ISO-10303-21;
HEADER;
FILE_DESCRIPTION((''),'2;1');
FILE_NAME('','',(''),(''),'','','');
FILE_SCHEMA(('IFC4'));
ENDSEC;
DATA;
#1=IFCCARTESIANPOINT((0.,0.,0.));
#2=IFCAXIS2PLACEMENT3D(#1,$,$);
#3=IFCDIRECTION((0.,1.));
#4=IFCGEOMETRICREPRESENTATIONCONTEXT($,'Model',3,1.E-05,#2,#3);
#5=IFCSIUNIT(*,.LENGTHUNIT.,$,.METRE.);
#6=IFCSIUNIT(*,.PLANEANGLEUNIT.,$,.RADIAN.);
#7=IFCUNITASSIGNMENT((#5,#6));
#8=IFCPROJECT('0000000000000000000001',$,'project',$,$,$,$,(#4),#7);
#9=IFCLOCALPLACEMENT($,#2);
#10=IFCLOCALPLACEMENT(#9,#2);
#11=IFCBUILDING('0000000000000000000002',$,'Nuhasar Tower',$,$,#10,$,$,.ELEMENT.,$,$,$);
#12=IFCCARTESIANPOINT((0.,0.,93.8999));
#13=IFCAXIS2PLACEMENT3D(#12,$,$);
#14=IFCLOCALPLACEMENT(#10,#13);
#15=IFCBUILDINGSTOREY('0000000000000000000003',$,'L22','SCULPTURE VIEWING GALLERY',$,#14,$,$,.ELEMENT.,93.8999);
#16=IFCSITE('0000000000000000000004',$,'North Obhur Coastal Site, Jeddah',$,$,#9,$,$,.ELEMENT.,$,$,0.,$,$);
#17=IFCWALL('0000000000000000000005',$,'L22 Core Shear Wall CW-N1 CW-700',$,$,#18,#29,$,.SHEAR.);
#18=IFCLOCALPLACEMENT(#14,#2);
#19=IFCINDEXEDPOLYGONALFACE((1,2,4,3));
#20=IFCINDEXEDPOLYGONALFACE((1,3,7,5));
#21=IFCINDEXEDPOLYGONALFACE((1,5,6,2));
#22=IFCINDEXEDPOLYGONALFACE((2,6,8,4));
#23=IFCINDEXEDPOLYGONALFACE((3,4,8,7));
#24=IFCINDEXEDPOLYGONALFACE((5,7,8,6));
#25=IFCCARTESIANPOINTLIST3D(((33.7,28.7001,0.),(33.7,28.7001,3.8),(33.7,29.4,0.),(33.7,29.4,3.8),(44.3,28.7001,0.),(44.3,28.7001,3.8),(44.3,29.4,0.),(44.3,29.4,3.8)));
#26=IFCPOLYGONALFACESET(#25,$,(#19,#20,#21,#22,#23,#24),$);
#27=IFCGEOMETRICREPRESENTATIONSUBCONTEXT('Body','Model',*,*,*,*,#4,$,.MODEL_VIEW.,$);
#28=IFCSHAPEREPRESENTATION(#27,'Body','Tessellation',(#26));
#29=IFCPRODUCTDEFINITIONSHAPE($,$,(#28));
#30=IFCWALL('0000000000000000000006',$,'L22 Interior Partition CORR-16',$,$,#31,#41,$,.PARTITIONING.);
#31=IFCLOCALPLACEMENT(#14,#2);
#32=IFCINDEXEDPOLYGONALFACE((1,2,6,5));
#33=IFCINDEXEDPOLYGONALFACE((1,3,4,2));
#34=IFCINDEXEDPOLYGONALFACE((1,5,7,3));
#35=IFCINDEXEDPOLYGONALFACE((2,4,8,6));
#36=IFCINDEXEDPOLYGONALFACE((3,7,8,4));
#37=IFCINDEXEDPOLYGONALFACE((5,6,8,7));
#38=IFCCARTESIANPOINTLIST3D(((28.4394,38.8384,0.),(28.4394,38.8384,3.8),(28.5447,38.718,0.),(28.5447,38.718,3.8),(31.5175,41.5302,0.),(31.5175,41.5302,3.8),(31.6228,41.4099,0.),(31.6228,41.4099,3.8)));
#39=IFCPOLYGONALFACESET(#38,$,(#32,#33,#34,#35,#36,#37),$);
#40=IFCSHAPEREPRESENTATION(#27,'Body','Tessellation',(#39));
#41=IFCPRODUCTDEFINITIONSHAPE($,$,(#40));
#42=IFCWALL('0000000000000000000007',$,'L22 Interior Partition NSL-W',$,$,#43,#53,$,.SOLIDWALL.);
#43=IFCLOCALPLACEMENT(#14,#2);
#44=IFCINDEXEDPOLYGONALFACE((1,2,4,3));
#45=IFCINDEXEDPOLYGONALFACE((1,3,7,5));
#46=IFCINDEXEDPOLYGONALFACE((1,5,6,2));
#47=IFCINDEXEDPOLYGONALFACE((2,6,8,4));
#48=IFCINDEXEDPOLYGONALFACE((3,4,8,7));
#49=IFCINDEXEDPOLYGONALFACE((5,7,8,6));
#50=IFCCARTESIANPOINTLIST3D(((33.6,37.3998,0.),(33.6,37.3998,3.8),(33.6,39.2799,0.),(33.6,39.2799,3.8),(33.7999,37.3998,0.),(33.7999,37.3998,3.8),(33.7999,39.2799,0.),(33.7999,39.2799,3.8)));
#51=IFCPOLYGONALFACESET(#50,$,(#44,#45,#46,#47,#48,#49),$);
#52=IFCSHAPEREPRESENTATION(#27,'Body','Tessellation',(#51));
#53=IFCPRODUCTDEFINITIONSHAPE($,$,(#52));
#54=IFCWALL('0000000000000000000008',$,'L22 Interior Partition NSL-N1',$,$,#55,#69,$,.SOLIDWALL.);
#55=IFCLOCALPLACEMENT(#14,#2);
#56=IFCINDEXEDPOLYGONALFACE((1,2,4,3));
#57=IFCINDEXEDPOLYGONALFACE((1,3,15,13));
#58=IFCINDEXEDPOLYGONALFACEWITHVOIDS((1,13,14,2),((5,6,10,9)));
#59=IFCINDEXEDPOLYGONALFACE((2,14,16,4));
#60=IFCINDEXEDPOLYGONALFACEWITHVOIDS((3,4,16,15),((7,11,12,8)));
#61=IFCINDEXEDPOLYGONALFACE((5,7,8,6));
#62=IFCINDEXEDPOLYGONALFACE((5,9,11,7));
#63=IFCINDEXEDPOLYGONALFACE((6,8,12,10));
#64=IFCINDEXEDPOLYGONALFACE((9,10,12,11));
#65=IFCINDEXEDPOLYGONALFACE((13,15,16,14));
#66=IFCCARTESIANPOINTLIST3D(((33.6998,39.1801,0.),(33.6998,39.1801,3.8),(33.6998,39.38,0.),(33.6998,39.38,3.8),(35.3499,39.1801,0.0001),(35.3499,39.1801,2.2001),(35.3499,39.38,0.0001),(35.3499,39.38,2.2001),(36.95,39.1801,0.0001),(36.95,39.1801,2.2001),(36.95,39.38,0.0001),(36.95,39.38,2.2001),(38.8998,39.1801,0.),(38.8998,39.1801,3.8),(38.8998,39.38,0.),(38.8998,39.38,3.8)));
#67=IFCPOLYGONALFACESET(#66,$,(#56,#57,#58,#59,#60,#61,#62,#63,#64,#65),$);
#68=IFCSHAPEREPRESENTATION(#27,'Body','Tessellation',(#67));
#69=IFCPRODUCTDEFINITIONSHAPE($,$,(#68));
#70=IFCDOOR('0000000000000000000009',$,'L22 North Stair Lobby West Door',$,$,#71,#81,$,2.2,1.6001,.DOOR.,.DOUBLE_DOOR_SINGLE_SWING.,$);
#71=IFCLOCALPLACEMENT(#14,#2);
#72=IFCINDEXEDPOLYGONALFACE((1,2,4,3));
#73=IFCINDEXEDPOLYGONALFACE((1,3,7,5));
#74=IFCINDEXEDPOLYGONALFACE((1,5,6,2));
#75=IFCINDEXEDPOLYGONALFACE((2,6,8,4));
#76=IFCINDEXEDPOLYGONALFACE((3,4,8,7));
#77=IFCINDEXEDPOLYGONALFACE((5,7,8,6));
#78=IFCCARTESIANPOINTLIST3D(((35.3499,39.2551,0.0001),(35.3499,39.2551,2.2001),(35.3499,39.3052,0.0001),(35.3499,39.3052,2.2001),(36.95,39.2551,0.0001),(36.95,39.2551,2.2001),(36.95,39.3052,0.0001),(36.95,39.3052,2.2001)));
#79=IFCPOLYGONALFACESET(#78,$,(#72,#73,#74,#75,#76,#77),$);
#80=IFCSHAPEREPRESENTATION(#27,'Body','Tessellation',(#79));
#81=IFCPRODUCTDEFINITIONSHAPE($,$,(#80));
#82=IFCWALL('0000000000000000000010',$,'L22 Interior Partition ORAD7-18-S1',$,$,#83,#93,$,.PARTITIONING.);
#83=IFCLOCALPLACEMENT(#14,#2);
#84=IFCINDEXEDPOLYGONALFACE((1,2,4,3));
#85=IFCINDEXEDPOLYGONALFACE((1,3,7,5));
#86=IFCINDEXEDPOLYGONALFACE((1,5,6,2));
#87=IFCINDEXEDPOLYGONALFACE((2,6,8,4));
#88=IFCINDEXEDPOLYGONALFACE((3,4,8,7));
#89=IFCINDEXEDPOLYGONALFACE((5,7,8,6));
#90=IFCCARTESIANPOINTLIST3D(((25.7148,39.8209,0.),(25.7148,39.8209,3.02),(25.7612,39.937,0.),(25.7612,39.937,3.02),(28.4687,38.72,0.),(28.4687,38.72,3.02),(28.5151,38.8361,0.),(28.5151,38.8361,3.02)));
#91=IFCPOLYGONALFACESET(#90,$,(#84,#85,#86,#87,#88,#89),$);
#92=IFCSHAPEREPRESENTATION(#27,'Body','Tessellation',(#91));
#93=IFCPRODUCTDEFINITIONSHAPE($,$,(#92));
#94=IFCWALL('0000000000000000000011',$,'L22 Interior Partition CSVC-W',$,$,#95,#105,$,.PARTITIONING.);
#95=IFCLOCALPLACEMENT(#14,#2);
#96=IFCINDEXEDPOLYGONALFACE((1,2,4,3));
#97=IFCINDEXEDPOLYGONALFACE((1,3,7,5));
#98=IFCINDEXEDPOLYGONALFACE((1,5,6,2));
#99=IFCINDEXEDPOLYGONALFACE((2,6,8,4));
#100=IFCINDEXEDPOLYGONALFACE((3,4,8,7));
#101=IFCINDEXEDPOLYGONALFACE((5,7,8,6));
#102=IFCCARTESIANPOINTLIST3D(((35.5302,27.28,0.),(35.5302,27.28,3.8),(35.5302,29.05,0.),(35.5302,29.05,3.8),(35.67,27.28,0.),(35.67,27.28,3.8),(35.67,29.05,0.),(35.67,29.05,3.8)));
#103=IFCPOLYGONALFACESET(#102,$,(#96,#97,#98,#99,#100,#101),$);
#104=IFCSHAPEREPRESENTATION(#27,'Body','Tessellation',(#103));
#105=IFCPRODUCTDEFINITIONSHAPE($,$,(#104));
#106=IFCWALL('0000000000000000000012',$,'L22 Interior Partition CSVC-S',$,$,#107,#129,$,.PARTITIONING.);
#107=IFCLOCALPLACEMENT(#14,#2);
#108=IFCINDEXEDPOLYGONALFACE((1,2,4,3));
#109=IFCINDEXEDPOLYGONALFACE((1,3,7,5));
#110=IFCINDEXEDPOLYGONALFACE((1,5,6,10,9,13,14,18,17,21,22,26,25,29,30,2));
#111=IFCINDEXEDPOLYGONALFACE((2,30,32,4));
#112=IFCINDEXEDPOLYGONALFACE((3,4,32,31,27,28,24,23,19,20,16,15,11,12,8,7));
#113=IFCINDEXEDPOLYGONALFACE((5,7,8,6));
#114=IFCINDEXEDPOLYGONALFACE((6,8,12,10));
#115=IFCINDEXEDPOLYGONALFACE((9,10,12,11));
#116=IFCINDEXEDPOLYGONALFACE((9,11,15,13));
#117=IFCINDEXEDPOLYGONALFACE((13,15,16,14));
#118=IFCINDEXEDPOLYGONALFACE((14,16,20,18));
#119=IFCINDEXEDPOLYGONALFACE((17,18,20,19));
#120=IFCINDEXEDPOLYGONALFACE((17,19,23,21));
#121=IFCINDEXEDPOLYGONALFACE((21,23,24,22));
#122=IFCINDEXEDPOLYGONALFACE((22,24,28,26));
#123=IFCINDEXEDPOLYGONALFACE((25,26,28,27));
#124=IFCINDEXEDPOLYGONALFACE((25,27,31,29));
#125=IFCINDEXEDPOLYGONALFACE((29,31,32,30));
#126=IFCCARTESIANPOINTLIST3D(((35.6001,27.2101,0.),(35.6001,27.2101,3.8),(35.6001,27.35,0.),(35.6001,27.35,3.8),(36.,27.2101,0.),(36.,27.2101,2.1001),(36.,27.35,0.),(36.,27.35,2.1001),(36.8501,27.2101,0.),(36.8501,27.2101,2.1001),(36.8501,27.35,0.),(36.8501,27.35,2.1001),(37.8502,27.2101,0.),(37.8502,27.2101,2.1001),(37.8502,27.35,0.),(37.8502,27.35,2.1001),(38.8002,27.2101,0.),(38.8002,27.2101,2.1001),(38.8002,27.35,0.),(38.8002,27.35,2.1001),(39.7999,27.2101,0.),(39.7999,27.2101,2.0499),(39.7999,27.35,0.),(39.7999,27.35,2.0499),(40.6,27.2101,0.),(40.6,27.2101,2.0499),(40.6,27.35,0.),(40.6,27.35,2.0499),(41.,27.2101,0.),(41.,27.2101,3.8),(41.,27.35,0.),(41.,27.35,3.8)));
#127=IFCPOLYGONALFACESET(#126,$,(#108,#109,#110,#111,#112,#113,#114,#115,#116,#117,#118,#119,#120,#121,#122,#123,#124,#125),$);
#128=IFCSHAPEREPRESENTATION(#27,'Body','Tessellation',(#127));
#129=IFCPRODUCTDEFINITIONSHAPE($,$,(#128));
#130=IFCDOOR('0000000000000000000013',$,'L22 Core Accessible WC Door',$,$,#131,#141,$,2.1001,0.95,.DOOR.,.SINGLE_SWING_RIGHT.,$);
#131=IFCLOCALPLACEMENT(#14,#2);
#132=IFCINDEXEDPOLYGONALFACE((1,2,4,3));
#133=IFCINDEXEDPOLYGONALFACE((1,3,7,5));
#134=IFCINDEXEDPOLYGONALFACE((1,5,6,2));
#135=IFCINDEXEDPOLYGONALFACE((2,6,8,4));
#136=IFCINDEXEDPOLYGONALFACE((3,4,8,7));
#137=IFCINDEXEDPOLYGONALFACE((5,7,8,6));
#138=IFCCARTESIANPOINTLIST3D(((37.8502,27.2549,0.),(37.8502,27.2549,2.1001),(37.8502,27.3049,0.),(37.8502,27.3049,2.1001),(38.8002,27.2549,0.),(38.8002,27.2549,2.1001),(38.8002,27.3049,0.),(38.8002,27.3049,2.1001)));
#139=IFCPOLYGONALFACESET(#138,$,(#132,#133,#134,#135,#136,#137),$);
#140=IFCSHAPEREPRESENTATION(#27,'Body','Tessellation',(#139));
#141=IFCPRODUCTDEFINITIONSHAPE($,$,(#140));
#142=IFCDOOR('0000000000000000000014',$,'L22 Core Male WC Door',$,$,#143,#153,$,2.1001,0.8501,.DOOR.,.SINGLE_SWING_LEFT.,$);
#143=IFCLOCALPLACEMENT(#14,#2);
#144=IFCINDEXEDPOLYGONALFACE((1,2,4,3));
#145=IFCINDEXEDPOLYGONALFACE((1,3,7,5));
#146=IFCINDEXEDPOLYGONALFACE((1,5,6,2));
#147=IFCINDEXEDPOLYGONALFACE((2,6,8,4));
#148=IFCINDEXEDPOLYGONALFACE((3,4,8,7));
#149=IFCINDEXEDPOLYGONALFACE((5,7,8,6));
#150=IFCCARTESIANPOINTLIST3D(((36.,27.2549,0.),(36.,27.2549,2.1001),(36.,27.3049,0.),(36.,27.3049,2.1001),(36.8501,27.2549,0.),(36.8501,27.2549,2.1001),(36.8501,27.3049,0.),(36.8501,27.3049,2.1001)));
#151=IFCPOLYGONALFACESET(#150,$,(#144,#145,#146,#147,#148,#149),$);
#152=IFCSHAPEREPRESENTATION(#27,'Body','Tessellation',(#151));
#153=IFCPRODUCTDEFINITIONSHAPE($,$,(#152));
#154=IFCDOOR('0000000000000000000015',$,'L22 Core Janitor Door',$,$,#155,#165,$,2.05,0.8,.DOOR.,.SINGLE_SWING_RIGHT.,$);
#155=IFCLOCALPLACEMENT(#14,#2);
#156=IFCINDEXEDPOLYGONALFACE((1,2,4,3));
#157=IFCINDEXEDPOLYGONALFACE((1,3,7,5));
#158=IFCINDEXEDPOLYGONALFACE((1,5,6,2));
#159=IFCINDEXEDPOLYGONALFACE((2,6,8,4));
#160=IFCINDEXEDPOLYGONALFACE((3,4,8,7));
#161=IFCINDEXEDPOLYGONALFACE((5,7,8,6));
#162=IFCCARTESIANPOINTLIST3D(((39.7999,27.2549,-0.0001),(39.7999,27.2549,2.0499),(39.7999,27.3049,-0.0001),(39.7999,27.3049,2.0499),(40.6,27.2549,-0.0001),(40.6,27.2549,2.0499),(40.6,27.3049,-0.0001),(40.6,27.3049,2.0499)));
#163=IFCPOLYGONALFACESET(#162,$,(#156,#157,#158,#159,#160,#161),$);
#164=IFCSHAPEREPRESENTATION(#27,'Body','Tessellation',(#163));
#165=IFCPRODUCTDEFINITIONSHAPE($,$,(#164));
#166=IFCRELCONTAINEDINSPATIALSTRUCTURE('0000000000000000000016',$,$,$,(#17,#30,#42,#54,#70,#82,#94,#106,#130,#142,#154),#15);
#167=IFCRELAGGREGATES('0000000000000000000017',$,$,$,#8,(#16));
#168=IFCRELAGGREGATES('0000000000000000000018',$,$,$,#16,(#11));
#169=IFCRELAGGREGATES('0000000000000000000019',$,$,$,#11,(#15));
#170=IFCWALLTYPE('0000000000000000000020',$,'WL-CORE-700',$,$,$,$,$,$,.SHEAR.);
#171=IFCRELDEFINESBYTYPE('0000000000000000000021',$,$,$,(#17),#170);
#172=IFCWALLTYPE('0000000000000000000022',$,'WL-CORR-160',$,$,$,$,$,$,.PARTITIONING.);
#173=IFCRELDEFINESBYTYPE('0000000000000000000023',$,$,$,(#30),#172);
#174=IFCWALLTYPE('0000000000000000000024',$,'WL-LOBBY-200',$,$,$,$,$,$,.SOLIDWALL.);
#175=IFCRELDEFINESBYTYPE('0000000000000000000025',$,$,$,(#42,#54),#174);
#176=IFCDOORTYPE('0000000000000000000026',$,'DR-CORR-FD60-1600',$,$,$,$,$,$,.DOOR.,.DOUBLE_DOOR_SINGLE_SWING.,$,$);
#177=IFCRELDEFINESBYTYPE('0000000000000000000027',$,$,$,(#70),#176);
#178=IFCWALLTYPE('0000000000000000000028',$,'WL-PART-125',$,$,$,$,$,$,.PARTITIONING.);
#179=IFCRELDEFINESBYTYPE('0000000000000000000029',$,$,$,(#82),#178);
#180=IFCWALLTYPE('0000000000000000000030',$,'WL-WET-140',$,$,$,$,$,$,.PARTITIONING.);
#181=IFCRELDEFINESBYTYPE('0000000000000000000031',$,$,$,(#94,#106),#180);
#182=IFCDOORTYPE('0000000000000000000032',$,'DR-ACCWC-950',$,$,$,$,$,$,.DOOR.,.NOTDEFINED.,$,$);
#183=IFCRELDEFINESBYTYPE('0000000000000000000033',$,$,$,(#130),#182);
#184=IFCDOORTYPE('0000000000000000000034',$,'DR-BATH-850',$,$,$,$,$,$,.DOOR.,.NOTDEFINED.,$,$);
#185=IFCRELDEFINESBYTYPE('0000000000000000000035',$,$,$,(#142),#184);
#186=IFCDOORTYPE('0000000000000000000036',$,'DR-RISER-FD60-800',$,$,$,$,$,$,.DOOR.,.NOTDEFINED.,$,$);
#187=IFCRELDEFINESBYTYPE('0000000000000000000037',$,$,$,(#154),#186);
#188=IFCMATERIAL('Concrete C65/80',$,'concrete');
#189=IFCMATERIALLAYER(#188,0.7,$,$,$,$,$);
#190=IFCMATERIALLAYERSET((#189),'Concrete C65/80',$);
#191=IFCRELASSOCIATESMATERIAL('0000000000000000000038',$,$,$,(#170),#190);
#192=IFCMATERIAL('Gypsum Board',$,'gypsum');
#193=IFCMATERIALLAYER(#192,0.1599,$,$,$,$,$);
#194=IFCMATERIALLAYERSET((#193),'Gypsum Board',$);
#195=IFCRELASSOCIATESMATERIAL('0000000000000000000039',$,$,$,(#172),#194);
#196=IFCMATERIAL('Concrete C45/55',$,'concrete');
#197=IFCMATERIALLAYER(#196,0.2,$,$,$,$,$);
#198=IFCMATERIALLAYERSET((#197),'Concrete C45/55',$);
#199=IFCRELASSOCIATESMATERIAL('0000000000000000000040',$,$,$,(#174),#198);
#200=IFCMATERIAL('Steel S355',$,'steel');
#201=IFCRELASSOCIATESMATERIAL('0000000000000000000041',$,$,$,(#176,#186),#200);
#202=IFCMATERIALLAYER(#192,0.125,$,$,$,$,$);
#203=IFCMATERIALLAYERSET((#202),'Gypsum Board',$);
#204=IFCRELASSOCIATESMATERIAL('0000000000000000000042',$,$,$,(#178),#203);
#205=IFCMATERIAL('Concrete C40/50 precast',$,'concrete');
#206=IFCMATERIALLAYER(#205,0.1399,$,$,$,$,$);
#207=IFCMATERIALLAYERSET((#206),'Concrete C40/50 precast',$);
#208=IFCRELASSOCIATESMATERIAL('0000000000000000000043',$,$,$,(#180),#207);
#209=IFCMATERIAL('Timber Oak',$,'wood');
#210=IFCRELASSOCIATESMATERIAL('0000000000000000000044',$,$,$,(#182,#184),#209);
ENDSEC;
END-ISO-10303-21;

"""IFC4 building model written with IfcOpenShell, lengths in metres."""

from ifc_helpers import new_model, si_unit, direction, frame, frame_2d, origin, place, context, subcontext, project, spatial, rectangle, extrude, material, layer, layer_set, type_object, element, fill, save


model = new_model("IFC4")

# Units and contexts
model_context = context("Model", 3, precision=1e-05, world=origin(), true_north=direction((0.0, 1.0)))
body_context = subcontext(model_context, "Body", "Model", "MODEL_VIEW")
ifc_project = project(units=[si_unit("LENGTHUNIT", "METRE"), si_unit("PLANEANGLEUNIT", "RADIAN")], contexts=[model_context])

# Site, building, storey
site_placement = place(None, origin())
site = spatial("IfcSite", under=ifc_project, at=site_placement, Name="North Obhur Coastal Site, Jeddah", CompositionType="ELEMENT", RefElevation=0.0)
building_placement = place(site_placement, origin())
building = spatial("IfcBuilding", under=site, at=building_placement, Name="Nuhasar Tower", CompositionType="ELEMENT")
storey_placement = place(building_placement, frame((0.0, 0.0, 93.8999)))
storey = spatial("IfcBuildingStorey", under=building, at=storey_placement, Name="L22", Description="SCULPTURE VIEWING GALLERY", CompositionType="ELEMENT", Elevation=93.8999)

# Shared definitions
ifc_material_1 = material(Name="Steel S355", Category="steel")

# Walls
ifc_material_2 = material(Name="Concrete C65/80", Category="concrete")
ifc_layer_1 = layer(ifc_material_2, 0.7)
ifc_layer_set_1 = layer_set([ifc_layer_1], Name="Concrete C65/80")
wall_type_1 = type_object("IfcWallType", Name="WL-CORE-700", PredefinedType="SHEAR", material=ifc_layer_set_1)
wall_1_placement = place(storey_placement, frame((33.7, 29.05, 0.0), z_axis=(0.0, 0.0, 1.0), x_axis=(1.0, 0.0, 0.0)))
element("IfcWall", 1, at=wall_1_placement, inside=storey, type_object=wall_type_1, Name="L22 Core Shear Wall CW-N1 CW-700", PredefinedType="SHEAR", context=body_context, shape_type="SweptSolid", body=[
    extrude(rectangle(XDim=10.6001, YDim=0.7, at=frame_2d((5.3, 0.0))), origin(), (0.0, 0.0, 1.0), 3.8),
])
ifc_material_3 = material(Name="Gypsum Board", Category="gypsum")
ifc_layer_2 = layer(ifc_material_3, 0.1599)
ifc_layer_set_2 = layer_set([ifc_layer_2], Name="Gypsum Board")
wall_type_2 = type_object("IfcWallType", Name="WL-CORR-160", PredefinedType="PARTITIONING", material=ifc_layer_set_2)
wall_2_placement = place(storey_placement, frame((31.5701, 41.47, 0.0), z_axis=(0.0, 0.0, 1.0), x_axis=(-0.752754, -0.658302, 0.0)))
element("IfcWall", 2, at=wall_2_placement, inside=storey, type_object=wall_type_2, Name="L22 Interior Partition CORR-16", PredefinedType="PARTITIONING", context=body_context, shape_type="SweptSolid", body=[
    extrude(rectangle(XDim=4.0891, YDim=0.1599, at=frame_2d((2.0444, 0.0))), origin(), (0.0, 0.0, 1.0), 3.8),
])
ifc_material_4 = material(Name="Concrete C45/55", Category="concrete")
ifc_layer_3 = layer(ifc_material_4, 0.2)
ifc_layer_set_3 = layer_set([ifc_layer_3], Name="Concrete C45/55")
wall_type_3 = type_object("IfcWallType", Name="WL-LOBBY-200", PredefinedType="SOLIDWALL", material=ifc_layer_set_3)
wall_3_placement = place(storey_placement, frame((33.7, 37.3999, 0.0), z_axis=(0.0, 0.0, 1.0), x_axis=(0.0, 1.0, 0.0)))
element("IfcWall", 3, at=wall_3_placement, inside=storey, type_object=wall_type_3, Name="L22 Interior Partition NSL-W", PredefinedType="SOLIDWALL", context=body_context, shape_type="SweptSolid", body=[
    extrude(rectangle(XDim=1.8801, YDim=0.2, at=frame_2d((0.9399, 0.0))), origin(), (0.0, 0.0, 1.0), 3.8),
])

# Wall, opening, door
wall_4_placement = place(storey_placement, frame((38.8999, 39.28, 0.0), z_axis=(0.0, 0.0, 1.0), x_axis=(-1.0, 0.0, 0.0)))
wall_4 = element("IfcWall", 4, at=wall_4_placement, inside=storey, type_object=wall_type_3, Name="L22 Interior Partition NSL-N1", PredefinedType="SOLIDWALL", context=body_context, shape_type="SweptSolid", body=[
    extrude(rectangle(XDim=5.2, YDim=0.2, at=frame_2d((2.6001, 0.0))), origin(), (0.0, 0.0, 1.0), 3.8),
])
opening_1_placement = place(wall_4_placement, frame((1.95, 0.0, 0.0)))
opening_1 = element("IfcOpeningElement", 5, at=opening_1_placement, cuts=wall_4, PredefinedType="OPENING", context=body_context, shape_type="SweptSolid", body=[
    extrude(rectangle(XDim=1.6001, YDim=2.2, at=frame_2d((0.8, 1.1001))), frame((0.0, 0.1099, 0.0), z_axis=(0.0, -1.0, 0.0), x_axis=(1.0, 0.0, 0.0)), (0.0, 0.0, 1.0), 0.22),
])
door_type_1 = type_object("IfcDoorType", Name="DR-CORR-FD60-1600", OperationType="DOUBLE_DOOR_SINGLE_SWING", PredefinedType="DOOR", material=ifc_material_1)
door_1_placement = place(opening_1_placement, origin())
door_1 = element("IfcDoor", 6, at=door_1_placement, inside=storey, type_object=door_type_1, Name="L22 North Stair Lobby West Door", OperationType="DOUBLE_DOOR_SINGLE_SWING", OverallHeight=2.2, OverallWidth=1.6001, PredefinedType="DOOR", context=body_context, shape_type="SweptSolid", body=[
    extrude(rectangle(XDim=1.6001, YDim=2.2, at=frame_2d((0.8, 1.1001))), frame((0.0, 0.0249, 0.0), z_axis=(0.0, -1.0, 0.0), x_axis=(1.0, 0.0, 0.0)), (0.0, 0.0, 1.0), 0.05),
])
fill(opening_1, door_1)

# Walls
ifc_layer_4 = layer(ifc_material_3, 0.125)
ifc_layer_set_4 = layer_set([ifc_layer_4], Name="Gypsum Board")
wall_type_4 = type_object("IfcWallType", Name="WL-PART-125", PredefinedType="PARTITIONING", material=ifc_layer_set_4)
wall_5_placement = place(storey_placement, frame((28.4919, 38.7781, 0.0), z_axis=(0.0, 0.0, 1.0), x_axis=(-0.928562, 0.371178, 0.0)))
element("IfcWall", 7, at=wall_5_placement, inside=storey, type_object=wall_type_4, Name="L22 Interior Partition ORAD7-18-S1", PredefinedType="PARTITIONING", context=body_context, shape_type="SweptSolid", body=[
    extrude(rectangle(XDim=2.9658, YDim=0.125, at=frame_2d((1.4829, 0.0))), origin(), (0.0, 0.0, 1.0), 3.02),
])
ifc_material_5 = material(Name="Concrete C40/50 precast", Category="concrete")
ifc_layer_5 = layer(ifc_material_5, 0.1399)
ifc_layer_set_5 = layer_set([ifc_layer_5], Name="Concrete C40/50 precast")
wall_type_5 = type_object("IfcWallType", Name="WL-WET-140", PredefinedType="PARTITIONING", material=ifc_layer_set_5)
wall_6_placement = place(storey_placement, frame((35.6001, 27.28, 0.0), z_axis=(0.0, 0.0, 1.0), x_axis=(0.0, 1.0, 0.0)))
element("IfcWall", 8, at=wall_6_placement, inside=storey, type_object=wall_type_5, Name="L22 Interior Partition CSVC-W", PredefinedType="PARTITIONING", context=body_context, shape_type="SweptSolid", body=[
    extrude(rectangle(XDim=1.77, YDim=0.1399, at=frame_2d((0.885, 0.0))), origin(), (0.0, 0.0, 1.0), 3.8),
])

# Wall, openings, doors
wall_7_placement = place(storey_placement, frame((35.6001, 27.28, 0.0), z_axis=(0.0, 0.0, 1.0), x_axis=(1.0, 0.0, 0.0)))
wall_7 = element("IfcWall", 9, at=wall_7_placement, inside=storey, type_object=wall_type_5, Name="L22 Interior Partition CSVC-S", PredefinedType="PARTITIONING", context=body_context, shape_type="SweptSolid", body=[
    extrude(rectangle(XDim=5.3999, YDim=0.1399, at=frame_2d((2.7, 0.0))), origin(), (0.0, 0.0, 1.0), 3.8),
])
opening_2_placement = place(wall_7_placement, frame((0.3999, 0.0, 0.0)))
opening_2 = element("IfcOpeningElement", 10, at=opening_2_placement, cuts=wall_7, PredefinedType="OPENING", context=body_context, shape_type="SweptSolid", body=[
    extrude(rectangle(XDim=0.8501, YDim=2.1001, at=frame_2d((0.425, 1.05))), frame((0.0, 0.0801, 0.0), z_axis=(0.0, -1.0, 0.0), x_axis=(1.0, 0.0, 0.0)), (0.0, 0.0, 1.0), 0.1599),
])
opening_3_placement = place(wall_7_placement, frame((2.25, 0.0, 0.0)))
opening_3 = element("IfcOpeningElement", 11, at=opening_3_placement, cuts=wall_7, PredefinedType="OPENING", context=body_context, shape_type="SweptSolid", body=[
    extrude(rectangle(XDim=0.95, YDim=2.1001, at=frame_2d((0.4751, 1.05))), frame((0.0, 0.0801, 0.0), z_axis=(0.0, -1.0, 0.0), x_axis=(1.0, 0.0, 0.0)), (0.0, 0.0, 1.0), 0.1599),
])
opening_4_placement = place(wall_7_placement, frame((4.2, 0.0, 0.0)))
opening_4 = element("IfcOpeningElement", 12, at=opening_4_placement, cuts=wall_7, PredefinedType="OPENING", context=body_context, shape_type="SweptSolid", body=[
    extrude(rectangle(XDim=0.8, YDim=2.05, at=frame_2d((0.3999, 1.0249))), frame((0.0, 0.0801, 0.0), z_axis=(0.0, -1.0, 0.0), x_axis=(1.0, 0.0, 0.0)), (0.0, 0.0, 1.0), 0.1599),
])
ifc_material_6 = material(Name="Timber Oak", Category="wood")
door_type_2 = type_object("IfcDoorType", Name="DR-ACCWC-950", OperationType="NOTDEFINED", PredefinedType="DOOR", material=ifc_material_6)
door_2_placement = place(opening_3_placement, origin())
door_2 = element("IfcDoor", 13, at=door_2_placement, inside=storey, type_object=door_type_2, Name="L22 Core Accessible WC Door", OperationType="SINGLE_SWING_RIGHT", OverallHeight=2.1001, OverallWidth=0.95, PredefinedType="DOOR", context=body_context, shape_type="SweptSolid", body=[
    extrude(rectangle(XDim=0.95, YDim=2.1001, at=frame_2d((0.4751, 1.05))), frame((0.0, 0.0249, 0.0), z_axis=(0.0, -1.0, 0.0), x_axis=(1.0, 0.0, 0.0)), (0.0, 0.0, 1.0), 0.05),
])
fill(opening_3, door_2)
door_type_3 = type_object("IfcDoorType", Name="DR-BATH-850", OperationType="NOTDEFINED", PredefinedType="DOOR", material=ifc_material_6)
door_3_placement = place(opening_2_placement, origin())
door_3 = element("IfcDoor", 14, at=door_3_placement, inside=storey, type_object=door_type_3, Name="L22 Core Male WC Door", OperationType="SINGLE_SWING_LEFT", OverallHeight=2.1001, OverallWidth=0.8501, PredefinedType="DOOR", context=body_context, shape_type="SweptSolid", body=[
    extrude(rectangle(XDim=0.8501, YDim=2.1001, at=frame_2d((0.425, 1.05))), frame((0.0, 0.0249, 0.0), z_axis=(0.0, -1.0, 0.0), x_axis=(1.0, 0.0, 0.0)), (0.0, 0.0, 1.0), 0.05),
])
fill(opening_2, door_3)
door_type_4 = type_object("IfcDoorType", Name="DR-RISER-FD60-800", OperationType="NOTDEFINED", PredefinedType="DOOR", material=ifc_material_1)
door_4_placement = place(opening_4_placement, origin())
door_4 = element("IfcDoor", 15, at=door_4_placement, inside=storey, type_object=door_type_4, Name="L22 Core Janitor Door", OperationType="SINGLE_SWING_RIGHT", OverallHeight=2.05, OverallWidth=0.8, PredefinedType="DOOR", context=body_context, shape_type="SweptSolid", body=[
    extrude(rectangle(XDim=0.8, YDim=2.05, at=frame_2d((0.3999, 1.0249))), frame((0.0, 0.0249, 0.0), z_axis=(0.0, -1.0, 0.0), x_axis=(1.0, 0.0, 0.0)), (0.0, 0.0, 1.0), 0.05),
])
fill(opening_4, door_4)

save(model, "model.ifc")
